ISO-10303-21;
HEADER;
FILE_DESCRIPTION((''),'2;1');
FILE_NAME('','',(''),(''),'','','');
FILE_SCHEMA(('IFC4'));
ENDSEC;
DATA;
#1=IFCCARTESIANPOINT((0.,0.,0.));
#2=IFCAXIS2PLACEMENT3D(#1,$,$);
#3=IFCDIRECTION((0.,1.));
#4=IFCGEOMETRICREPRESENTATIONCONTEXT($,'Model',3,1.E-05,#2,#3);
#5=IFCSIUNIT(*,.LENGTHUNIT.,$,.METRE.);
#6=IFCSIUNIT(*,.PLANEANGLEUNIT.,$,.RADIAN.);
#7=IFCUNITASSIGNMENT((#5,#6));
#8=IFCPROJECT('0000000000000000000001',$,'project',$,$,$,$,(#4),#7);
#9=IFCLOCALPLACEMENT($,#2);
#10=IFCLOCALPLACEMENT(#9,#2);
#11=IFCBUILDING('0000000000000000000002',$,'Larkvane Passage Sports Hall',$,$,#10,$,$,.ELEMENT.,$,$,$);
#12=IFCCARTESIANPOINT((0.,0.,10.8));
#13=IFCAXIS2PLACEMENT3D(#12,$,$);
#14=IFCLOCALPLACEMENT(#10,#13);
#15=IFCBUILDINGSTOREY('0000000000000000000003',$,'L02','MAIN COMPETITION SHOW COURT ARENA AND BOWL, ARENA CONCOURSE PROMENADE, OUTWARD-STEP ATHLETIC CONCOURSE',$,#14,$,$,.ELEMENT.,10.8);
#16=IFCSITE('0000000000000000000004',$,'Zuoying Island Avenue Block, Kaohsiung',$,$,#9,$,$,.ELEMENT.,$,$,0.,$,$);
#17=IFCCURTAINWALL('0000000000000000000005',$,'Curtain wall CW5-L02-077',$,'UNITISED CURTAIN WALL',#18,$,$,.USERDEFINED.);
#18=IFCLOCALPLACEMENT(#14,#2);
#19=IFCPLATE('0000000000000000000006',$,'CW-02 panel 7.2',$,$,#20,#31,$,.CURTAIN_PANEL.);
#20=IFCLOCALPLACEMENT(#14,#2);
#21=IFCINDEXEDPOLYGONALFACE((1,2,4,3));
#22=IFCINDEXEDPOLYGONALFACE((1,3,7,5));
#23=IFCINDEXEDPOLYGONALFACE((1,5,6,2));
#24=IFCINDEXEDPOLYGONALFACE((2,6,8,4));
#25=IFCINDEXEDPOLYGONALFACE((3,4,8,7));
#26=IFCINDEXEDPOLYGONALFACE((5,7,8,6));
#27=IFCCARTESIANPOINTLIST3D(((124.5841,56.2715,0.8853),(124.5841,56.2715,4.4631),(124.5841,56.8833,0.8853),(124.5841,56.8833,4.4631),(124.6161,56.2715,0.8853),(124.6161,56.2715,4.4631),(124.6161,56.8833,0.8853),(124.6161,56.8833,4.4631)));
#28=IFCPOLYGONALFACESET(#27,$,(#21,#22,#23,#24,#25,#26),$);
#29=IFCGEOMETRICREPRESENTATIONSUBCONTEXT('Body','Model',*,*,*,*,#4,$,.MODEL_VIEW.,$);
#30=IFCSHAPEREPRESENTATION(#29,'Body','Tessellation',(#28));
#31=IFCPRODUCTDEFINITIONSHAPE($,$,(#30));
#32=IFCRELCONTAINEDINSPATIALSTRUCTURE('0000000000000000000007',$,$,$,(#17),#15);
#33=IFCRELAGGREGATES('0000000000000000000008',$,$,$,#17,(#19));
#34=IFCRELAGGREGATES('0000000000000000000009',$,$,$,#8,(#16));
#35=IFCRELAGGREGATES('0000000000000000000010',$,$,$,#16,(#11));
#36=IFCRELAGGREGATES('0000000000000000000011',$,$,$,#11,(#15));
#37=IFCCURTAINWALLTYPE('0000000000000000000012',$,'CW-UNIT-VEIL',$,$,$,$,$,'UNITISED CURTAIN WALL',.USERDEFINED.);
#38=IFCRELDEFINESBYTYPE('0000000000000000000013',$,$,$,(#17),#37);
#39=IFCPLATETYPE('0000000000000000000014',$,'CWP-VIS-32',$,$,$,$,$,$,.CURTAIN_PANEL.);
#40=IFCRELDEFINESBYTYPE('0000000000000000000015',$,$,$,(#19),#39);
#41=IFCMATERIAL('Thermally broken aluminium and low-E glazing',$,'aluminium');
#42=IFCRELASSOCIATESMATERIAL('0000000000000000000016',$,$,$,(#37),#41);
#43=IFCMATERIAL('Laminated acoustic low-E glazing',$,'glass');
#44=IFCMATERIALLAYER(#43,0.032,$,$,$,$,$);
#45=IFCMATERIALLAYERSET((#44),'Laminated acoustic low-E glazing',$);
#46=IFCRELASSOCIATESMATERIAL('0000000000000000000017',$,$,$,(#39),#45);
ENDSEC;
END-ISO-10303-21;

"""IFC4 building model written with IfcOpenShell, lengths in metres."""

from ifc_helpers import new_model, si_unit, direction, frame, origin, origin_2d, place, context, subcontext, project, spatial, rectangle, extrude, material, layer, layer_set, type_object, element, aggregate, save


model = new_model("IFC4")

# Units and contexts
model_context = context("Model", 3, precision=1e-05, world=origin(), true_north=direction((0.0, 1.0)))
body_context = subcontext(model_context, "Body", "Model", "MODEL_VIEW")
ifc_project = project(units=[si_unit("LENGTHUNIT", "METRE"), si_unit("PLANEANGLEUNIT", "RADIAN")], contexts=[model_context])

# Site, building, storey
site_placement = place(None, origin())
site = spatial("IfcSite", under=ifc_project, at=site_placement, Name="Zuoying Island Avenue Block, Kaohsiung", CompositionType="ELEMENT", RefElevation=0.0)
building_placement = place(site_placement, origin())
building = spatial("IfcBuilding", under=site, at=building_placement, Name="Larkvane Passage Sports Hall", CompositionType="ELEMENT")
storey_placement = place(building_placement, frame((0.0, 0.0, 10.8)))
storey = spatial("IfcBuildingStorey", under=building, at=storey_placement, Name="L02", Description="MAIN COMPETITION SHOW COURT ARENA AND BOWL, ARENA CONCOURSE PROMENADE, OUTWARD-STEP ATHLETIC CONCOURSE", CompositionType="ELEMENT", Elevation=10.8)

# Curtain wall
ifc_material_1 = material(Name="Thermally broken aluminium and low-E glazing", Category="aluminium")
curtain_wall_type = type_object("IfcCurtainWallType", Name="CW-UNIT-VEIL", ElementType="UNITISED CURTAIN WALL", PredefinedType="USERDEFINED", material=ifc_material_1)
curtain_wall_placement = place(storey_placement, origin())
curtain_wall = element("IfcCurtainWall", 1, at=curtain_wall_placement, inside=storey, type_object=curtain_wall_type, Name="Curtain wall CW5-L02-077", ObjectType="UNITISED CURTAIN WALL", PredefinedType="USERDEFINED")

# Plate
ifc_material_2 = material(Name="Laminated acoustic low-E glazing", Category="glass")
ifc_layer_1 = layer(ifc_material_2, 0.032)
ifc_layer_set_1 = layer_set([ifc_layer_1], Name="Laminated acoustic low-E glazing")
plate_type_1 = type_object("IfcPlateType", Name="CWP-VIS-32", PredefinedType="CURTAIN_PANEL", material=ifc_layer_set_1)
plate_1_placement = place(storey_placement, frame((124.6001, 56.5774, 0.8853), z_axis=(0.0, 0.0, 1.0), x_axis=(0.0, 1.0, 0.0)))
plate_1 = element("IfcPlate", 2, at=plate_1_placement, type_object=plate_type_1, Name="CW-02 panel 7.2", PredefinedType="CURTAIN_PANEL", context=body_context, shape_type="SweptSolid", body=[
    extrude(rectangle(XDim=0.6118, YDim=0.032, at=origin_2d()), origin(), (0.0, 0.0, 1.0), 3.5779),
])
aggregate(curtain_wall, [plate_1])

save(model, "model.ifc")
